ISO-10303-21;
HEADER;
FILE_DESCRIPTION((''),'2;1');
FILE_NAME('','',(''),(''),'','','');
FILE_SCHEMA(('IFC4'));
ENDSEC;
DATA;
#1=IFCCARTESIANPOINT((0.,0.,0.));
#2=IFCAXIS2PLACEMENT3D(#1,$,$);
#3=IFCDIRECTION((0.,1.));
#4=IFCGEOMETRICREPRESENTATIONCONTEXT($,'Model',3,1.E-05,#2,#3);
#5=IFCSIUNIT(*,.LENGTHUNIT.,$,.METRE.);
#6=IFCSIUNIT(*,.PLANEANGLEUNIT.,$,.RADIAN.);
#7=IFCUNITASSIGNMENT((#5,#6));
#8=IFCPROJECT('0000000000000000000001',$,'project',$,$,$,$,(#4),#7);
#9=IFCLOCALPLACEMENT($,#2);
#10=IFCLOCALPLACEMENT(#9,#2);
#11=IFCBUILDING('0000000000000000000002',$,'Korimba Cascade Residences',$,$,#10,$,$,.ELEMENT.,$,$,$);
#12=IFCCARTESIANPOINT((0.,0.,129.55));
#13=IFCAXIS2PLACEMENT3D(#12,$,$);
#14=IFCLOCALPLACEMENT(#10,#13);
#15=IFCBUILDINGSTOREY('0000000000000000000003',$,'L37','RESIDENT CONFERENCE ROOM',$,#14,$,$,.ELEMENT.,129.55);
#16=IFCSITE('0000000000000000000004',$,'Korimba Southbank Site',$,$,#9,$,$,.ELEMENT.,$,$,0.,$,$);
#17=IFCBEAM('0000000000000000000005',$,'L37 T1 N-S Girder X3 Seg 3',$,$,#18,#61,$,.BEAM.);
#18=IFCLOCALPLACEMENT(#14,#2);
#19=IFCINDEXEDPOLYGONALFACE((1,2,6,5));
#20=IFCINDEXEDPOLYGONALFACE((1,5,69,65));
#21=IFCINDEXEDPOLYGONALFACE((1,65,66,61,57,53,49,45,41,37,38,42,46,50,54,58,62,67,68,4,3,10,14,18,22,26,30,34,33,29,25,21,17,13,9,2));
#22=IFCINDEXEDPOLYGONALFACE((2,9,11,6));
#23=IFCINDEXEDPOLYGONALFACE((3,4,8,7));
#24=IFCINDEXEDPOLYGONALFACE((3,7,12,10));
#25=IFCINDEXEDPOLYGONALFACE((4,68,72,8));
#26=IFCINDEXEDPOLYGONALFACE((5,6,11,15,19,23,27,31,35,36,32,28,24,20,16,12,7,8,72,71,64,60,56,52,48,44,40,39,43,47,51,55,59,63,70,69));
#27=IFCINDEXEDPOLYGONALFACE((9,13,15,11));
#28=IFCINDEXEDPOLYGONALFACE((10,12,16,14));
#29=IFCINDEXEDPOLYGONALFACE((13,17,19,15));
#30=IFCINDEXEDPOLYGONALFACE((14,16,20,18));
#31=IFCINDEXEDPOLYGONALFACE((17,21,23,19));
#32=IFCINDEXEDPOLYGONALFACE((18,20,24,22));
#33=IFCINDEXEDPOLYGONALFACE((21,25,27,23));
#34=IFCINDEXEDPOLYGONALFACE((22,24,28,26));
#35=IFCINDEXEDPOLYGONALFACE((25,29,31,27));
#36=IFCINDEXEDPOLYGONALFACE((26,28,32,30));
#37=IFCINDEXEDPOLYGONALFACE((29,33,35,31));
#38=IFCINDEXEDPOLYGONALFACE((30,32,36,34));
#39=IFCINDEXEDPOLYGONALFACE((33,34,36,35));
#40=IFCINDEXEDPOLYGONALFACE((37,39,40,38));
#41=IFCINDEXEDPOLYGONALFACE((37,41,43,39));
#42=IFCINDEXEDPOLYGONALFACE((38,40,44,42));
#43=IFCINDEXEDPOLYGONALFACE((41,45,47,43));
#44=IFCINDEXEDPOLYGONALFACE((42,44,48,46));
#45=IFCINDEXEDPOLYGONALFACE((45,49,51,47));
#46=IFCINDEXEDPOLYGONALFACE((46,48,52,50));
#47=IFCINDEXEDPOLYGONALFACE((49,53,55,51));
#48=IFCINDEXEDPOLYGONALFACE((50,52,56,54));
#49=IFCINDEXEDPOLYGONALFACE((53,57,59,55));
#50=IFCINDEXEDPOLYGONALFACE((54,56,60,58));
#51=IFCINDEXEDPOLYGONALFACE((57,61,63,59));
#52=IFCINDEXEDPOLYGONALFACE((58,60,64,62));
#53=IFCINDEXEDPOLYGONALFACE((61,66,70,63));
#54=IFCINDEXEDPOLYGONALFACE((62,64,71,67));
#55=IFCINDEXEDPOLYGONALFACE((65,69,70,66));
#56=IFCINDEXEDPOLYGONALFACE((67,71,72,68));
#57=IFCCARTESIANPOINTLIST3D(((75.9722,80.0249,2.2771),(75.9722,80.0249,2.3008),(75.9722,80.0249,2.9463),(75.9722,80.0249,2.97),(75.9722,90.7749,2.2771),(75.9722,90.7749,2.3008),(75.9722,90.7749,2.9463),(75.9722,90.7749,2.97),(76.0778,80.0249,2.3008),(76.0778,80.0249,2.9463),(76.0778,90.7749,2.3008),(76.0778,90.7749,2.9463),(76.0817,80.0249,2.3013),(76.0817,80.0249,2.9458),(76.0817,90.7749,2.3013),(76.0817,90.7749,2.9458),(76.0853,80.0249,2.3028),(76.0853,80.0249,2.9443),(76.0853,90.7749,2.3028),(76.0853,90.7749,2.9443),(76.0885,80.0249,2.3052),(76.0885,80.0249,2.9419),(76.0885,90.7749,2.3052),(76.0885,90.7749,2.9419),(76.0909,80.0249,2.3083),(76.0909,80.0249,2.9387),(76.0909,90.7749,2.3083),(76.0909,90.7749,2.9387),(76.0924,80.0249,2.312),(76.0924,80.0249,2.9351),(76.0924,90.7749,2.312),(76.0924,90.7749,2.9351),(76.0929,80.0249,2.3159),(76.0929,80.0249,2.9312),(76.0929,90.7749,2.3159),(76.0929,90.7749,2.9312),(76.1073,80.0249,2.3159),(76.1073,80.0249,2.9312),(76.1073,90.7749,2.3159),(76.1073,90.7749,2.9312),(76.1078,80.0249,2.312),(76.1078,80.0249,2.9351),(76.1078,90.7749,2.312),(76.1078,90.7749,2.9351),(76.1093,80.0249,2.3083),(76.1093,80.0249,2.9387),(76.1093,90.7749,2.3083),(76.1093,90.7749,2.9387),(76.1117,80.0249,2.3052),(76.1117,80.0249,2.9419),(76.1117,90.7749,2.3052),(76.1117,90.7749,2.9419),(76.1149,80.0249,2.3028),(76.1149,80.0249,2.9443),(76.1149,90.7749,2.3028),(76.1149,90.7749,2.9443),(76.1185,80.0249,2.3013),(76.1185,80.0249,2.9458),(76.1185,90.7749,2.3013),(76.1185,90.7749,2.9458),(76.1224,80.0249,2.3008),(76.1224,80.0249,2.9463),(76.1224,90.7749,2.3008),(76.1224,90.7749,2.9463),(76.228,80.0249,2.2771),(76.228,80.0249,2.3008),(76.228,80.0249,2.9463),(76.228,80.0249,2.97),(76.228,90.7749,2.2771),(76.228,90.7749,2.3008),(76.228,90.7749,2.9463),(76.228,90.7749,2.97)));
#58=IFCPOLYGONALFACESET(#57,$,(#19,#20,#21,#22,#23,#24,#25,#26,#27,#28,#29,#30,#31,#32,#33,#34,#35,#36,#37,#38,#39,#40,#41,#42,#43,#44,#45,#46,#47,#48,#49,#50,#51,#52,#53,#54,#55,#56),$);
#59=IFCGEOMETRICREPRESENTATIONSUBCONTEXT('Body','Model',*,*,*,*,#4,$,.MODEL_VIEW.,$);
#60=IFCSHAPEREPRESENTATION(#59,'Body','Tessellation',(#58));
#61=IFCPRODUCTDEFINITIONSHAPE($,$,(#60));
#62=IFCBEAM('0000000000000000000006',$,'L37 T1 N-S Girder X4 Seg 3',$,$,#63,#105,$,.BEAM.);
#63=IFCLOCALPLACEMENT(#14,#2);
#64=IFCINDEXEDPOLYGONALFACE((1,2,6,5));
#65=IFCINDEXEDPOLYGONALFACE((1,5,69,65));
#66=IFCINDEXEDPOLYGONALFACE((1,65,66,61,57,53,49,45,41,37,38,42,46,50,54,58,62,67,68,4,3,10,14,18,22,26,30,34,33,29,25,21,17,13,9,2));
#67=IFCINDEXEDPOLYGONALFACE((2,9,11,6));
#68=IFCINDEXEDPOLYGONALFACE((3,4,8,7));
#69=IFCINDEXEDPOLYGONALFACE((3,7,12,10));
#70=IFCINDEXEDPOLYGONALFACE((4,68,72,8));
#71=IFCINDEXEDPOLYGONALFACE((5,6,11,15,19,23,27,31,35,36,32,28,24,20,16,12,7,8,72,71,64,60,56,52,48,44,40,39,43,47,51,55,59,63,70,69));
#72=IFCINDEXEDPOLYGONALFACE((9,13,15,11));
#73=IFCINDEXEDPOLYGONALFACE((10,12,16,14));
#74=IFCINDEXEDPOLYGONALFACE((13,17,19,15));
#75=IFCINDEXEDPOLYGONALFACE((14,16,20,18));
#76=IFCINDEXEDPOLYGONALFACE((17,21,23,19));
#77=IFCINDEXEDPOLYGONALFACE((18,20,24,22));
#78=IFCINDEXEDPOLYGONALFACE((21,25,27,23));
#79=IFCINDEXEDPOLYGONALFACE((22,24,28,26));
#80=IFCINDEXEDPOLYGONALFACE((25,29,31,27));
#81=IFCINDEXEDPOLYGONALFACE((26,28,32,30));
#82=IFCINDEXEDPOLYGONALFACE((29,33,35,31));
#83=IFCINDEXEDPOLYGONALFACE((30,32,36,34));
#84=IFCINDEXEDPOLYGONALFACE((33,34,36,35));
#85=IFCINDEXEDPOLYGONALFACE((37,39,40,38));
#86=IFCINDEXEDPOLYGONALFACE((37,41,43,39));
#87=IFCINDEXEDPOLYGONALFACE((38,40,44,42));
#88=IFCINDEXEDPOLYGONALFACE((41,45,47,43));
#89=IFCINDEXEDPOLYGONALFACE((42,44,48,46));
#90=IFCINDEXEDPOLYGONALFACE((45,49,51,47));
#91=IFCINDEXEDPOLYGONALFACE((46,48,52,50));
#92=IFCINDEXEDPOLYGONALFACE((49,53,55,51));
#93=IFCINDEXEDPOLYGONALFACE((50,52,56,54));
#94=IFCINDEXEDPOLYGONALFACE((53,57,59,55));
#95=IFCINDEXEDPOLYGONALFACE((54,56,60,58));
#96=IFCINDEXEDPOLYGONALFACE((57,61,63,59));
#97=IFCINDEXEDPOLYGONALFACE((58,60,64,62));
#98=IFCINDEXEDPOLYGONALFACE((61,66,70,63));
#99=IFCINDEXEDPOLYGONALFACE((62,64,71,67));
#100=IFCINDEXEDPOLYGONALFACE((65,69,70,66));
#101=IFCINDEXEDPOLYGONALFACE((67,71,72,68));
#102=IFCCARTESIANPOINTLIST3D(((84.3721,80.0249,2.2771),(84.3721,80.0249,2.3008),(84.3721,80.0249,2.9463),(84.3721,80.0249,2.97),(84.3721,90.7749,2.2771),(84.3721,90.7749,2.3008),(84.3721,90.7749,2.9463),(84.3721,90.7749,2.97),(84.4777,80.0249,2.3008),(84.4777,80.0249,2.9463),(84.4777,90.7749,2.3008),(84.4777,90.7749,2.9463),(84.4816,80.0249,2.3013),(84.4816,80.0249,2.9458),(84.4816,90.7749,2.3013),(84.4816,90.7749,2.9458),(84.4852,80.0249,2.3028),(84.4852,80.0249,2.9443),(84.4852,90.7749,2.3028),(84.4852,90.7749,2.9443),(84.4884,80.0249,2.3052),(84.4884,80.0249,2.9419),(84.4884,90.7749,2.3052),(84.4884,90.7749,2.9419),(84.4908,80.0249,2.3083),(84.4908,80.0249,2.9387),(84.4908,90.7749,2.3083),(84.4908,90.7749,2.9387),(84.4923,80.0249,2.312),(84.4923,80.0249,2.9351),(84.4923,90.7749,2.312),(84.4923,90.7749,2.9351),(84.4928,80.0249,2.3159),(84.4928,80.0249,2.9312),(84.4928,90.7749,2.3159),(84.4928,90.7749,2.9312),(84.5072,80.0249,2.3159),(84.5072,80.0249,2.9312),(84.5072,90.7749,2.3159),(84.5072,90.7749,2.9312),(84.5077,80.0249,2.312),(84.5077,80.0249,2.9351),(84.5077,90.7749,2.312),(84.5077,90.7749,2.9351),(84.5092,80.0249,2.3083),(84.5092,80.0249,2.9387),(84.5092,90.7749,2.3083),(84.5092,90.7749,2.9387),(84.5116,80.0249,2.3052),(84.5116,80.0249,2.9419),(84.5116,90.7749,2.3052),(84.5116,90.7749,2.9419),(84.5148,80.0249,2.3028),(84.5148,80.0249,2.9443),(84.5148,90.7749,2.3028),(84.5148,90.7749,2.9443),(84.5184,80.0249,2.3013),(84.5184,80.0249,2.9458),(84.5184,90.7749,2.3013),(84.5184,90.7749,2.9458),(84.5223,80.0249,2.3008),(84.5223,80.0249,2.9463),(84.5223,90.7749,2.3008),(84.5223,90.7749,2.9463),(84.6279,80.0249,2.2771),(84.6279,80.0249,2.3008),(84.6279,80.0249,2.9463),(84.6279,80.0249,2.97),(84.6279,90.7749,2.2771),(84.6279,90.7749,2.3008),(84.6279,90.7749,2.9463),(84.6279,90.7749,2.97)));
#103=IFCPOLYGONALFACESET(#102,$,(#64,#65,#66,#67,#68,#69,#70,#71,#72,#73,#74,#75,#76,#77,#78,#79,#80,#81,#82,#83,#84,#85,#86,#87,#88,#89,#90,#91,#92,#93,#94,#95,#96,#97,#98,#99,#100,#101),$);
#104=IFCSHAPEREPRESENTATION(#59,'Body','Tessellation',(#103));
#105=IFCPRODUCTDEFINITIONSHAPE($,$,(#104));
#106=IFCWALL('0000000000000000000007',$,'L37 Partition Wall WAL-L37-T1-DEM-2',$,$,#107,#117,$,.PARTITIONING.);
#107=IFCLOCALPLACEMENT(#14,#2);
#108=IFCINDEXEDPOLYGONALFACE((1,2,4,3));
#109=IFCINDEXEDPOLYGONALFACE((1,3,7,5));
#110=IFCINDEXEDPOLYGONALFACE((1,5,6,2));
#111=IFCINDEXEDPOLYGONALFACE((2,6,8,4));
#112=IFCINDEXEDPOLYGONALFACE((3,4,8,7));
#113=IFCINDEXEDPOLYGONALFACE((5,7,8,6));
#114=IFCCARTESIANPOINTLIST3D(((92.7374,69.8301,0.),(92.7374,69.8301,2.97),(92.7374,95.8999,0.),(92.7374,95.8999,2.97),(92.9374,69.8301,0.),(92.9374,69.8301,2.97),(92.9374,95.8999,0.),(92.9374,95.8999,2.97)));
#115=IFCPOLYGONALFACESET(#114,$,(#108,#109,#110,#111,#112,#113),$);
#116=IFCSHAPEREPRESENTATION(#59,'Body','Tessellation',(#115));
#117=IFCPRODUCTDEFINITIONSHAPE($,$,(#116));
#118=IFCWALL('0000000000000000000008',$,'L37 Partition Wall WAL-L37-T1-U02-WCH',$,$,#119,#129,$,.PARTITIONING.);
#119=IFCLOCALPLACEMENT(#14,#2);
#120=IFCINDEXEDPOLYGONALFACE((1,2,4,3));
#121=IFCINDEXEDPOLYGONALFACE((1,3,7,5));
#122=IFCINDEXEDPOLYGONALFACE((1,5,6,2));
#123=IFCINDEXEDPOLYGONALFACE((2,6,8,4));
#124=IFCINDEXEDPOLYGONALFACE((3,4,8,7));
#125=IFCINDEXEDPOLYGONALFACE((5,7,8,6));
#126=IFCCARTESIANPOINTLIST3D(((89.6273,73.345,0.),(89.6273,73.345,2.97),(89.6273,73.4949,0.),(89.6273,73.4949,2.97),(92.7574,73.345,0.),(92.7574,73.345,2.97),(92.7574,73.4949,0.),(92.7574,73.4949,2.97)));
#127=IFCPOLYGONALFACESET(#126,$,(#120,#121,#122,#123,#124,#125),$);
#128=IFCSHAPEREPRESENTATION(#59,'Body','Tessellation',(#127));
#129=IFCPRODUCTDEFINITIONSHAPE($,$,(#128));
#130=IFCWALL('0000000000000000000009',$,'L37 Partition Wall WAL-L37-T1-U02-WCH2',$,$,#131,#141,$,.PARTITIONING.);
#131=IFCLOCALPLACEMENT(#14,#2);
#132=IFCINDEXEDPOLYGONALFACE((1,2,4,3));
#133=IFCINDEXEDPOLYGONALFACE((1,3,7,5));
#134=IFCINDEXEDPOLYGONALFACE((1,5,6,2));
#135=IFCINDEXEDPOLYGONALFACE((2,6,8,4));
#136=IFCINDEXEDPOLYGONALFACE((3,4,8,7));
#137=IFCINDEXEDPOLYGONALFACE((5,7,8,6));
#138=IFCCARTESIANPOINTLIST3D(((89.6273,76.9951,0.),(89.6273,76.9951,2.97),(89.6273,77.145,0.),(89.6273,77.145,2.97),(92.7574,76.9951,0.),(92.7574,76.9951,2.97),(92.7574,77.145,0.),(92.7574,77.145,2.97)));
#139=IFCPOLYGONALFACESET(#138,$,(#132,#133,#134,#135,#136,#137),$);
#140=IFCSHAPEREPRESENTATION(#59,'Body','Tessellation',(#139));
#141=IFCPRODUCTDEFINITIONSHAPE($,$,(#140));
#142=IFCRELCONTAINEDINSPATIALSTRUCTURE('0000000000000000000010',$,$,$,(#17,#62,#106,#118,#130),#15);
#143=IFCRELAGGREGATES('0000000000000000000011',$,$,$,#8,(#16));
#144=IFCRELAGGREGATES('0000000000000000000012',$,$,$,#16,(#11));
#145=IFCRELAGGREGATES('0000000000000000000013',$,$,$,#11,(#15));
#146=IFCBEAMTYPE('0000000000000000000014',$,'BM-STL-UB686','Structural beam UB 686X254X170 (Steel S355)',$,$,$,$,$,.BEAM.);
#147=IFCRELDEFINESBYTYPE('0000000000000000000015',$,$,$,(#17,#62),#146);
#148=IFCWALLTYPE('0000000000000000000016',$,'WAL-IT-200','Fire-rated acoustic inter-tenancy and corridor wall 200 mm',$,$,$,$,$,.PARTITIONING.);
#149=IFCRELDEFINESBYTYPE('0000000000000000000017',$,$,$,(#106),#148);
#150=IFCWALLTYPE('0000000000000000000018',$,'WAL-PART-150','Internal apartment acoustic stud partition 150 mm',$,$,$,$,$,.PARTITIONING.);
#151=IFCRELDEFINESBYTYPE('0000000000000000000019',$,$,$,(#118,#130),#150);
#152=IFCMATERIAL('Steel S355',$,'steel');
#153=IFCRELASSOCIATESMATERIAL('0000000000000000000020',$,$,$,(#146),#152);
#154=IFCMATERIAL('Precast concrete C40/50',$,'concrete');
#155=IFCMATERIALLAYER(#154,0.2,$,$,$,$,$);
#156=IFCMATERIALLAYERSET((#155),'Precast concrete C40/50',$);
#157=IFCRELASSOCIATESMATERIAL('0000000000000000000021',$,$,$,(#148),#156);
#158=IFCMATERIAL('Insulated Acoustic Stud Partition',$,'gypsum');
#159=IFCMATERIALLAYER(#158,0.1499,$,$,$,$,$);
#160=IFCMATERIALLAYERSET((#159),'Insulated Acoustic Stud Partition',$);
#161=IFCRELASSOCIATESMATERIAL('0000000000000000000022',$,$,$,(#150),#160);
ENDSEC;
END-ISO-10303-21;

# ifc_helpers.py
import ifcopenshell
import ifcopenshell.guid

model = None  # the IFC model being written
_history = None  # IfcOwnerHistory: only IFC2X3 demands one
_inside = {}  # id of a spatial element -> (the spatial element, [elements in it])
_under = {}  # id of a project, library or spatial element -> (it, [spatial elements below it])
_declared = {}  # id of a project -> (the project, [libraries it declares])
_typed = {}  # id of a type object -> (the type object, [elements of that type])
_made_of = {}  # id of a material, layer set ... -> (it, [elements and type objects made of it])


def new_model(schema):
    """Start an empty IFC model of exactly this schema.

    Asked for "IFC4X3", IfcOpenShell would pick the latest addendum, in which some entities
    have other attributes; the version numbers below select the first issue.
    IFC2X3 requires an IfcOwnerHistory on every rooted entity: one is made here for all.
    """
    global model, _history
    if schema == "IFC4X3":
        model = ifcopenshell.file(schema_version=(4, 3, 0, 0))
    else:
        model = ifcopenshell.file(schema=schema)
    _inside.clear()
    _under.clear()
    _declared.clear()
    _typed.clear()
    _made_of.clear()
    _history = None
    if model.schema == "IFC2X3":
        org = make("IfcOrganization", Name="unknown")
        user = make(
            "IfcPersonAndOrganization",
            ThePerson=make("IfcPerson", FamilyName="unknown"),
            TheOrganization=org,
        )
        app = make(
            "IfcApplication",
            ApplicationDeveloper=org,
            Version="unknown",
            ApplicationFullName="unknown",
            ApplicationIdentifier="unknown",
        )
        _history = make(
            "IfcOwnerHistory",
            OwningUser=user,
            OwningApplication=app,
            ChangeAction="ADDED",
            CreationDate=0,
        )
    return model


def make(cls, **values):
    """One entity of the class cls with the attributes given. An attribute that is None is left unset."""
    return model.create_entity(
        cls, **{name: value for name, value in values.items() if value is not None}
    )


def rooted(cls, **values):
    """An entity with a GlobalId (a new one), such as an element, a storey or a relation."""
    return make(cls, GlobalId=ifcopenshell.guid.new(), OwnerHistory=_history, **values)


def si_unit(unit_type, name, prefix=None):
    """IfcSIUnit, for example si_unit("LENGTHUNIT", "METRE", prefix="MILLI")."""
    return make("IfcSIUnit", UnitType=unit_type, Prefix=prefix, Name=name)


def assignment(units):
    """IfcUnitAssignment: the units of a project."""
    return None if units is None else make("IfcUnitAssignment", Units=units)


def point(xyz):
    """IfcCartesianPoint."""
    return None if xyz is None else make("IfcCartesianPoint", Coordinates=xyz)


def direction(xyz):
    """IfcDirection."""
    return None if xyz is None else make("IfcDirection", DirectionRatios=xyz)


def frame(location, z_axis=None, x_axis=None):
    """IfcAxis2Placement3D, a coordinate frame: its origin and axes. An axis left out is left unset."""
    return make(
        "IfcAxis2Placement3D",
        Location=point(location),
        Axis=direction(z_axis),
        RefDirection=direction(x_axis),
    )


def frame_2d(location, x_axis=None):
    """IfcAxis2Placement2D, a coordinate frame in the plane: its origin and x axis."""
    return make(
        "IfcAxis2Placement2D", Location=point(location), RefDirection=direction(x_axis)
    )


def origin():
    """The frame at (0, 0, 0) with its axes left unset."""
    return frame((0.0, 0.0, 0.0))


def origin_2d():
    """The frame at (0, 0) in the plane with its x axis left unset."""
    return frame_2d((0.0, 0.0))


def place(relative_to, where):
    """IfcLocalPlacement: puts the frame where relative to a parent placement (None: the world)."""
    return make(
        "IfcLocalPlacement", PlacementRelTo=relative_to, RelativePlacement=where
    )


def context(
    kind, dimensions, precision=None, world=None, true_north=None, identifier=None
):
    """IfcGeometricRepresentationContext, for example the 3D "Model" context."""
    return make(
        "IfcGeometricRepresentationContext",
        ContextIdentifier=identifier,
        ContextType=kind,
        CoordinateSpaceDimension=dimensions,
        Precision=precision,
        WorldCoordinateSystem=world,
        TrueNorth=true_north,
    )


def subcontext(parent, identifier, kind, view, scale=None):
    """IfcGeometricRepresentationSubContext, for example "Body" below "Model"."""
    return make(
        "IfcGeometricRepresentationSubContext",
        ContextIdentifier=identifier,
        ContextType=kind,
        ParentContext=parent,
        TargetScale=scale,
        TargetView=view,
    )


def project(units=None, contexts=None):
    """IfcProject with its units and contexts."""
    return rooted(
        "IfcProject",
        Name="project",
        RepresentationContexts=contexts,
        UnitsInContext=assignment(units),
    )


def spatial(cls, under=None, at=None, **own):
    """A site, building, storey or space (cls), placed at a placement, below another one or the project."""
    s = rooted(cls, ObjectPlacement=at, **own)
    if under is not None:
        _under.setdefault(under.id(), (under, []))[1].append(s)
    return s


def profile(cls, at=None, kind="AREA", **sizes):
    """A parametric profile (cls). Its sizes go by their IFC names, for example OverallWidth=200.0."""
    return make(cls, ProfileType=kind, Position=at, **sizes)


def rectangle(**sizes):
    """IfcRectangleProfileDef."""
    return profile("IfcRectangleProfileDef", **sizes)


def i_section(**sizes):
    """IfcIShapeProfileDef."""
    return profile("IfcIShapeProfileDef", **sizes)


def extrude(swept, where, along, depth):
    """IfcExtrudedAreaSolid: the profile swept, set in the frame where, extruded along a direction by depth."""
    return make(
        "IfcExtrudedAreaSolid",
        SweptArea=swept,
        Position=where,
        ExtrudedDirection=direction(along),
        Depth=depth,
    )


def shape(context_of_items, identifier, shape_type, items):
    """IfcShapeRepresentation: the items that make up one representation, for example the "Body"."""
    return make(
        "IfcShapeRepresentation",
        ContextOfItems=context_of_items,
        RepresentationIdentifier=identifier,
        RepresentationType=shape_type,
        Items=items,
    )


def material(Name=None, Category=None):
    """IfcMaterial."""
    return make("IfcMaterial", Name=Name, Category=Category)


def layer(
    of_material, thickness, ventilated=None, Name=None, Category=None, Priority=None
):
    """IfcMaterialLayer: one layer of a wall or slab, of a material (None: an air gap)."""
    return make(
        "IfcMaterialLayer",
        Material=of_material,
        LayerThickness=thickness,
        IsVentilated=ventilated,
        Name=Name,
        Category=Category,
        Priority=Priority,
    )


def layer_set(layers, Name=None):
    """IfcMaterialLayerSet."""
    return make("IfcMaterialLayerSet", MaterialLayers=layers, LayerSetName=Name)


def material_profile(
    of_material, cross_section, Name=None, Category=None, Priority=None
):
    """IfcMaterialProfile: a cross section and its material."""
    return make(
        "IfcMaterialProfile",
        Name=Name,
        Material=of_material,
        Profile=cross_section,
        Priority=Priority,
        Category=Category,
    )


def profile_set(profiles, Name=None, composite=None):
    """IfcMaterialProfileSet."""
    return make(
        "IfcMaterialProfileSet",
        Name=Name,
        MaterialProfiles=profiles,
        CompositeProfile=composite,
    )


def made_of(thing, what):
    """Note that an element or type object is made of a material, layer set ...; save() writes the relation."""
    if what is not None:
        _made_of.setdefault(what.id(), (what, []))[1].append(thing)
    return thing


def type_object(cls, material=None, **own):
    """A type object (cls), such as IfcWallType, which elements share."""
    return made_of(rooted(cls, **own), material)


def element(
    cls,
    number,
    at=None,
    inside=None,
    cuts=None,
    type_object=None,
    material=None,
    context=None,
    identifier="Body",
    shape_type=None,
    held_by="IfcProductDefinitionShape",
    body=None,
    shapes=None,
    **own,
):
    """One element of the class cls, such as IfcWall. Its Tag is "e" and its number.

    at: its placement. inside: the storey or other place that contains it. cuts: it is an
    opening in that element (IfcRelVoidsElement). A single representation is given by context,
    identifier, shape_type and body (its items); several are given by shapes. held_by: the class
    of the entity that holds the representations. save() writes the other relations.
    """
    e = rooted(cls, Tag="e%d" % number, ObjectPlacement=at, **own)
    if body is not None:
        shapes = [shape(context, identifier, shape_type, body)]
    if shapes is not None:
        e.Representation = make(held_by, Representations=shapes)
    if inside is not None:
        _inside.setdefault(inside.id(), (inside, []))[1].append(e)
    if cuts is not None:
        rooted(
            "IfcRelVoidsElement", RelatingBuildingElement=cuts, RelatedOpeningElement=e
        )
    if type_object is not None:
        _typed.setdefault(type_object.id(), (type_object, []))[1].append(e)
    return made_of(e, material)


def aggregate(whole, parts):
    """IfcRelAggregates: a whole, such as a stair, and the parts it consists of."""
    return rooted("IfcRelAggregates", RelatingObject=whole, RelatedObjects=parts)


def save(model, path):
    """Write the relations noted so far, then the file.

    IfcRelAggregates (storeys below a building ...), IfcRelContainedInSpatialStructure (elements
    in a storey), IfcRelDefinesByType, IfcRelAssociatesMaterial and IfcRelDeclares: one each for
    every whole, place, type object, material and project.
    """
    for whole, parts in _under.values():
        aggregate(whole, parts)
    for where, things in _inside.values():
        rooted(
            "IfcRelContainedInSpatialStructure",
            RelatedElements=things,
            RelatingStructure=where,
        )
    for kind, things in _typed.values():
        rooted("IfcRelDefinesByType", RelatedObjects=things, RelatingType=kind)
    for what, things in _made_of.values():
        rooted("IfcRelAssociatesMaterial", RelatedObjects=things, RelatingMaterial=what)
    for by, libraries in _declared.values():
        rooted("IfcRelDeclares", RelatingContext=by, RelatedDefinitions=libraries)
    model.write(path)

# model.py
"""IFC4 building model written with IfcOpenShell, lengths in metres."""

from ifc_helpers import new_model, si_unit, direction, frame, frame_2d, origin, origin_2d, place, context, subcontext, project, spatial, rectangle, i_section, extrude, material, layer, layer_set, material_profile, profile_set, type_object, element, save


model = new_model("IFC4")

# Units and contexts
model_context = context("Model", 3, precision=1e-05, world=origin(), true_north=direction((0.0, 1.0)))
body_context = subcontext(model_context, "Body", "Model", "MODEL_VIEW")
ifc_project = project(units=[si_unit("LENGTHUNIT", "METRE"), si_unit("PLANEANGLEUNIT", "RADIAN")], contexts=[model_context])

# Site, building, storey
site_placement = place(None, origin())
site = spatial("IfcSite", under=ifc_project, at=site_placement, Name="Korimba Southbank Site", CompositionType="ELEMENT", RefElevation=0.0)
building_placement = place(site_placement, origin())
building = spatial("IfcBuilding", under=site, at=building_placement, Name="Korimba Cascade Residences", CompositionType="ELEMENT")
storey_placement = place(building_placement, frame((0.0, 0.0, 129.55)))
storey = spatial("IfcBuildingStorey", under=building, at=storey_placement, Name="L37", Description="RESIDENT CONFERENCE ROOM", CompositionType="ELEMENT", Elevation=129.55)

# Beams
ifc_material_1 = material(Name="Steel S355", Category="steel")
ifc_material_profile_1 = material_profile(ifc_material_1, i_section(OverallWidth=0.2559, OverallDepth=0.6929, WebThickness=0.0144, FlangeThickness=0.0237, FilletRadius=0.0151, at=origin_2d()), Name="Steel S355")
ifc_profile_set_1 = profile_set([ifc_material_profile_1], Name="Steel S355")
beam_type_1 = type_object("IfcBeamType", Name="BM-STL-UB686", Description="Structural beam UB 686X254X170 (Steel S355)", PredefinedType="BEAM", material=ifc_profile_set_1)
for number, where, z_axis, x_axis, name in (
    (1, (76.1001, 80.0249, 2.6235), (0.0, 1.0, 0.0), (-1.0, 0.0, 0.0), "L37 T1 N-S Girder X3 Seg 3"),
    (2, (84.5, 80.0249, 2.6235), (0.0, 1.0, 0.0), (-1.0, 0.0, 0.0), "L37 T1 N-S Girder X4 Seg 3"),
):
    element("IfcBeam", number, at=place(storey_placement, frame(where, z_axis=z_axis, x_axis=x_axis)), inside=storey, type_object=beam_type_1, Name=name, PredefinedType="BEAM", context=body_context, shape_type="SweptSolid", body=[
        extrude(i_section(OverallWidth=0.2559, OverallDepth=0.6929, WebThickness=0.0144, FlangeThickness=0.0237, FilletRadius=0.0151, at=origin_2d()), origin(), (0.0, 0.0, 1.0), 10.75),
    ])

# Walls
ifc_material_2 = material(Name="Precast concrete C40/50", Category="concrete")
ifc_layer_1 = layer(ifc_material_2, 0.2)
ifc_layer_set_1 = layer_set([ifc_layer_1], Name="Precast concrete C40/50")
wall_type_1 = type_object("IfcWallType", Name="WAL-IT-200", Description="Fire-rated acoustic inter-tenancy and corridor wall 200 mm", PredefinedType="PARTITIONING", material=ifc_layer_set_1)
wall_1_placement = place(storey_placement, frame((92.8374, 69.8301, 0.0), z_axis=(0.0, 0.0, 1.0), x_axis=(0.0, 1.0, 0.0)))
element("IfcWall", 3, at=wall_1_placement, inside=storey, type_object=wall_type_1, Name="L37 Partition Wall WAL-L37-T1-DEM-2", PredefinedType="PARTITIONING", context=body_context, shape_type="SweptSolid", body=[
    extrude(rectangle(XDim=26.0698, YDim=0.2, at=frame_2d((13.0349, 0.0))), origin(), (0.0, 0.0, 1.0), 2.97),
])
ifc_material_3 = material(Name="Insulated Acoustic Stud Partition", Category="gypsum")
ifc_layer_2 = layer(ifc_material_3, 0.1499)
ifc_layer_set_2 = layer_set([ifc_layer_2], Name="Insulated Acoustic Stud Partition")
wall_type_2 = type_object("IfcWallType", Name="WAL-PART-150", Description="Internal apartment acoustic stud partition 150 mm", PredefinedType="PARTITIONING", material=ifc_layer_set_2)
for number, where, z_axis, x_axis, name in (
    (4, (89.6274, 73.4199, 0.0), (0.0, 0.0, 1.0), (1.0, 0.0, 0.0), "L37 Partition Wall WAL-L37-T1-U02-WCH"),
    (5, (89.6274, 77.0701, 0.0), (0.0, 0.0, 1.0), (1.0, 0.0, 0.0), "L37 Partition Wall WAL-L37-T1-U02-WCH2"),
):
    element("IfcWall", number, at=place(storey_placement, frame(where, z_axis=z_axis, x_axis=x_axis)), inside=storey, type_object=wall_type_2, Name=name, PredefinedType="PARTITIONING", context=body_context, shape_type="SweptSolid", body=[
        extrude(rectangle(XDim=3.1301, YDim=0.1499, at=frame_2d((1.5649, 0.0))), origin(), (0.0, 0.0, 1.0), 2.97),
    ])

save(model, "model.ifc")
